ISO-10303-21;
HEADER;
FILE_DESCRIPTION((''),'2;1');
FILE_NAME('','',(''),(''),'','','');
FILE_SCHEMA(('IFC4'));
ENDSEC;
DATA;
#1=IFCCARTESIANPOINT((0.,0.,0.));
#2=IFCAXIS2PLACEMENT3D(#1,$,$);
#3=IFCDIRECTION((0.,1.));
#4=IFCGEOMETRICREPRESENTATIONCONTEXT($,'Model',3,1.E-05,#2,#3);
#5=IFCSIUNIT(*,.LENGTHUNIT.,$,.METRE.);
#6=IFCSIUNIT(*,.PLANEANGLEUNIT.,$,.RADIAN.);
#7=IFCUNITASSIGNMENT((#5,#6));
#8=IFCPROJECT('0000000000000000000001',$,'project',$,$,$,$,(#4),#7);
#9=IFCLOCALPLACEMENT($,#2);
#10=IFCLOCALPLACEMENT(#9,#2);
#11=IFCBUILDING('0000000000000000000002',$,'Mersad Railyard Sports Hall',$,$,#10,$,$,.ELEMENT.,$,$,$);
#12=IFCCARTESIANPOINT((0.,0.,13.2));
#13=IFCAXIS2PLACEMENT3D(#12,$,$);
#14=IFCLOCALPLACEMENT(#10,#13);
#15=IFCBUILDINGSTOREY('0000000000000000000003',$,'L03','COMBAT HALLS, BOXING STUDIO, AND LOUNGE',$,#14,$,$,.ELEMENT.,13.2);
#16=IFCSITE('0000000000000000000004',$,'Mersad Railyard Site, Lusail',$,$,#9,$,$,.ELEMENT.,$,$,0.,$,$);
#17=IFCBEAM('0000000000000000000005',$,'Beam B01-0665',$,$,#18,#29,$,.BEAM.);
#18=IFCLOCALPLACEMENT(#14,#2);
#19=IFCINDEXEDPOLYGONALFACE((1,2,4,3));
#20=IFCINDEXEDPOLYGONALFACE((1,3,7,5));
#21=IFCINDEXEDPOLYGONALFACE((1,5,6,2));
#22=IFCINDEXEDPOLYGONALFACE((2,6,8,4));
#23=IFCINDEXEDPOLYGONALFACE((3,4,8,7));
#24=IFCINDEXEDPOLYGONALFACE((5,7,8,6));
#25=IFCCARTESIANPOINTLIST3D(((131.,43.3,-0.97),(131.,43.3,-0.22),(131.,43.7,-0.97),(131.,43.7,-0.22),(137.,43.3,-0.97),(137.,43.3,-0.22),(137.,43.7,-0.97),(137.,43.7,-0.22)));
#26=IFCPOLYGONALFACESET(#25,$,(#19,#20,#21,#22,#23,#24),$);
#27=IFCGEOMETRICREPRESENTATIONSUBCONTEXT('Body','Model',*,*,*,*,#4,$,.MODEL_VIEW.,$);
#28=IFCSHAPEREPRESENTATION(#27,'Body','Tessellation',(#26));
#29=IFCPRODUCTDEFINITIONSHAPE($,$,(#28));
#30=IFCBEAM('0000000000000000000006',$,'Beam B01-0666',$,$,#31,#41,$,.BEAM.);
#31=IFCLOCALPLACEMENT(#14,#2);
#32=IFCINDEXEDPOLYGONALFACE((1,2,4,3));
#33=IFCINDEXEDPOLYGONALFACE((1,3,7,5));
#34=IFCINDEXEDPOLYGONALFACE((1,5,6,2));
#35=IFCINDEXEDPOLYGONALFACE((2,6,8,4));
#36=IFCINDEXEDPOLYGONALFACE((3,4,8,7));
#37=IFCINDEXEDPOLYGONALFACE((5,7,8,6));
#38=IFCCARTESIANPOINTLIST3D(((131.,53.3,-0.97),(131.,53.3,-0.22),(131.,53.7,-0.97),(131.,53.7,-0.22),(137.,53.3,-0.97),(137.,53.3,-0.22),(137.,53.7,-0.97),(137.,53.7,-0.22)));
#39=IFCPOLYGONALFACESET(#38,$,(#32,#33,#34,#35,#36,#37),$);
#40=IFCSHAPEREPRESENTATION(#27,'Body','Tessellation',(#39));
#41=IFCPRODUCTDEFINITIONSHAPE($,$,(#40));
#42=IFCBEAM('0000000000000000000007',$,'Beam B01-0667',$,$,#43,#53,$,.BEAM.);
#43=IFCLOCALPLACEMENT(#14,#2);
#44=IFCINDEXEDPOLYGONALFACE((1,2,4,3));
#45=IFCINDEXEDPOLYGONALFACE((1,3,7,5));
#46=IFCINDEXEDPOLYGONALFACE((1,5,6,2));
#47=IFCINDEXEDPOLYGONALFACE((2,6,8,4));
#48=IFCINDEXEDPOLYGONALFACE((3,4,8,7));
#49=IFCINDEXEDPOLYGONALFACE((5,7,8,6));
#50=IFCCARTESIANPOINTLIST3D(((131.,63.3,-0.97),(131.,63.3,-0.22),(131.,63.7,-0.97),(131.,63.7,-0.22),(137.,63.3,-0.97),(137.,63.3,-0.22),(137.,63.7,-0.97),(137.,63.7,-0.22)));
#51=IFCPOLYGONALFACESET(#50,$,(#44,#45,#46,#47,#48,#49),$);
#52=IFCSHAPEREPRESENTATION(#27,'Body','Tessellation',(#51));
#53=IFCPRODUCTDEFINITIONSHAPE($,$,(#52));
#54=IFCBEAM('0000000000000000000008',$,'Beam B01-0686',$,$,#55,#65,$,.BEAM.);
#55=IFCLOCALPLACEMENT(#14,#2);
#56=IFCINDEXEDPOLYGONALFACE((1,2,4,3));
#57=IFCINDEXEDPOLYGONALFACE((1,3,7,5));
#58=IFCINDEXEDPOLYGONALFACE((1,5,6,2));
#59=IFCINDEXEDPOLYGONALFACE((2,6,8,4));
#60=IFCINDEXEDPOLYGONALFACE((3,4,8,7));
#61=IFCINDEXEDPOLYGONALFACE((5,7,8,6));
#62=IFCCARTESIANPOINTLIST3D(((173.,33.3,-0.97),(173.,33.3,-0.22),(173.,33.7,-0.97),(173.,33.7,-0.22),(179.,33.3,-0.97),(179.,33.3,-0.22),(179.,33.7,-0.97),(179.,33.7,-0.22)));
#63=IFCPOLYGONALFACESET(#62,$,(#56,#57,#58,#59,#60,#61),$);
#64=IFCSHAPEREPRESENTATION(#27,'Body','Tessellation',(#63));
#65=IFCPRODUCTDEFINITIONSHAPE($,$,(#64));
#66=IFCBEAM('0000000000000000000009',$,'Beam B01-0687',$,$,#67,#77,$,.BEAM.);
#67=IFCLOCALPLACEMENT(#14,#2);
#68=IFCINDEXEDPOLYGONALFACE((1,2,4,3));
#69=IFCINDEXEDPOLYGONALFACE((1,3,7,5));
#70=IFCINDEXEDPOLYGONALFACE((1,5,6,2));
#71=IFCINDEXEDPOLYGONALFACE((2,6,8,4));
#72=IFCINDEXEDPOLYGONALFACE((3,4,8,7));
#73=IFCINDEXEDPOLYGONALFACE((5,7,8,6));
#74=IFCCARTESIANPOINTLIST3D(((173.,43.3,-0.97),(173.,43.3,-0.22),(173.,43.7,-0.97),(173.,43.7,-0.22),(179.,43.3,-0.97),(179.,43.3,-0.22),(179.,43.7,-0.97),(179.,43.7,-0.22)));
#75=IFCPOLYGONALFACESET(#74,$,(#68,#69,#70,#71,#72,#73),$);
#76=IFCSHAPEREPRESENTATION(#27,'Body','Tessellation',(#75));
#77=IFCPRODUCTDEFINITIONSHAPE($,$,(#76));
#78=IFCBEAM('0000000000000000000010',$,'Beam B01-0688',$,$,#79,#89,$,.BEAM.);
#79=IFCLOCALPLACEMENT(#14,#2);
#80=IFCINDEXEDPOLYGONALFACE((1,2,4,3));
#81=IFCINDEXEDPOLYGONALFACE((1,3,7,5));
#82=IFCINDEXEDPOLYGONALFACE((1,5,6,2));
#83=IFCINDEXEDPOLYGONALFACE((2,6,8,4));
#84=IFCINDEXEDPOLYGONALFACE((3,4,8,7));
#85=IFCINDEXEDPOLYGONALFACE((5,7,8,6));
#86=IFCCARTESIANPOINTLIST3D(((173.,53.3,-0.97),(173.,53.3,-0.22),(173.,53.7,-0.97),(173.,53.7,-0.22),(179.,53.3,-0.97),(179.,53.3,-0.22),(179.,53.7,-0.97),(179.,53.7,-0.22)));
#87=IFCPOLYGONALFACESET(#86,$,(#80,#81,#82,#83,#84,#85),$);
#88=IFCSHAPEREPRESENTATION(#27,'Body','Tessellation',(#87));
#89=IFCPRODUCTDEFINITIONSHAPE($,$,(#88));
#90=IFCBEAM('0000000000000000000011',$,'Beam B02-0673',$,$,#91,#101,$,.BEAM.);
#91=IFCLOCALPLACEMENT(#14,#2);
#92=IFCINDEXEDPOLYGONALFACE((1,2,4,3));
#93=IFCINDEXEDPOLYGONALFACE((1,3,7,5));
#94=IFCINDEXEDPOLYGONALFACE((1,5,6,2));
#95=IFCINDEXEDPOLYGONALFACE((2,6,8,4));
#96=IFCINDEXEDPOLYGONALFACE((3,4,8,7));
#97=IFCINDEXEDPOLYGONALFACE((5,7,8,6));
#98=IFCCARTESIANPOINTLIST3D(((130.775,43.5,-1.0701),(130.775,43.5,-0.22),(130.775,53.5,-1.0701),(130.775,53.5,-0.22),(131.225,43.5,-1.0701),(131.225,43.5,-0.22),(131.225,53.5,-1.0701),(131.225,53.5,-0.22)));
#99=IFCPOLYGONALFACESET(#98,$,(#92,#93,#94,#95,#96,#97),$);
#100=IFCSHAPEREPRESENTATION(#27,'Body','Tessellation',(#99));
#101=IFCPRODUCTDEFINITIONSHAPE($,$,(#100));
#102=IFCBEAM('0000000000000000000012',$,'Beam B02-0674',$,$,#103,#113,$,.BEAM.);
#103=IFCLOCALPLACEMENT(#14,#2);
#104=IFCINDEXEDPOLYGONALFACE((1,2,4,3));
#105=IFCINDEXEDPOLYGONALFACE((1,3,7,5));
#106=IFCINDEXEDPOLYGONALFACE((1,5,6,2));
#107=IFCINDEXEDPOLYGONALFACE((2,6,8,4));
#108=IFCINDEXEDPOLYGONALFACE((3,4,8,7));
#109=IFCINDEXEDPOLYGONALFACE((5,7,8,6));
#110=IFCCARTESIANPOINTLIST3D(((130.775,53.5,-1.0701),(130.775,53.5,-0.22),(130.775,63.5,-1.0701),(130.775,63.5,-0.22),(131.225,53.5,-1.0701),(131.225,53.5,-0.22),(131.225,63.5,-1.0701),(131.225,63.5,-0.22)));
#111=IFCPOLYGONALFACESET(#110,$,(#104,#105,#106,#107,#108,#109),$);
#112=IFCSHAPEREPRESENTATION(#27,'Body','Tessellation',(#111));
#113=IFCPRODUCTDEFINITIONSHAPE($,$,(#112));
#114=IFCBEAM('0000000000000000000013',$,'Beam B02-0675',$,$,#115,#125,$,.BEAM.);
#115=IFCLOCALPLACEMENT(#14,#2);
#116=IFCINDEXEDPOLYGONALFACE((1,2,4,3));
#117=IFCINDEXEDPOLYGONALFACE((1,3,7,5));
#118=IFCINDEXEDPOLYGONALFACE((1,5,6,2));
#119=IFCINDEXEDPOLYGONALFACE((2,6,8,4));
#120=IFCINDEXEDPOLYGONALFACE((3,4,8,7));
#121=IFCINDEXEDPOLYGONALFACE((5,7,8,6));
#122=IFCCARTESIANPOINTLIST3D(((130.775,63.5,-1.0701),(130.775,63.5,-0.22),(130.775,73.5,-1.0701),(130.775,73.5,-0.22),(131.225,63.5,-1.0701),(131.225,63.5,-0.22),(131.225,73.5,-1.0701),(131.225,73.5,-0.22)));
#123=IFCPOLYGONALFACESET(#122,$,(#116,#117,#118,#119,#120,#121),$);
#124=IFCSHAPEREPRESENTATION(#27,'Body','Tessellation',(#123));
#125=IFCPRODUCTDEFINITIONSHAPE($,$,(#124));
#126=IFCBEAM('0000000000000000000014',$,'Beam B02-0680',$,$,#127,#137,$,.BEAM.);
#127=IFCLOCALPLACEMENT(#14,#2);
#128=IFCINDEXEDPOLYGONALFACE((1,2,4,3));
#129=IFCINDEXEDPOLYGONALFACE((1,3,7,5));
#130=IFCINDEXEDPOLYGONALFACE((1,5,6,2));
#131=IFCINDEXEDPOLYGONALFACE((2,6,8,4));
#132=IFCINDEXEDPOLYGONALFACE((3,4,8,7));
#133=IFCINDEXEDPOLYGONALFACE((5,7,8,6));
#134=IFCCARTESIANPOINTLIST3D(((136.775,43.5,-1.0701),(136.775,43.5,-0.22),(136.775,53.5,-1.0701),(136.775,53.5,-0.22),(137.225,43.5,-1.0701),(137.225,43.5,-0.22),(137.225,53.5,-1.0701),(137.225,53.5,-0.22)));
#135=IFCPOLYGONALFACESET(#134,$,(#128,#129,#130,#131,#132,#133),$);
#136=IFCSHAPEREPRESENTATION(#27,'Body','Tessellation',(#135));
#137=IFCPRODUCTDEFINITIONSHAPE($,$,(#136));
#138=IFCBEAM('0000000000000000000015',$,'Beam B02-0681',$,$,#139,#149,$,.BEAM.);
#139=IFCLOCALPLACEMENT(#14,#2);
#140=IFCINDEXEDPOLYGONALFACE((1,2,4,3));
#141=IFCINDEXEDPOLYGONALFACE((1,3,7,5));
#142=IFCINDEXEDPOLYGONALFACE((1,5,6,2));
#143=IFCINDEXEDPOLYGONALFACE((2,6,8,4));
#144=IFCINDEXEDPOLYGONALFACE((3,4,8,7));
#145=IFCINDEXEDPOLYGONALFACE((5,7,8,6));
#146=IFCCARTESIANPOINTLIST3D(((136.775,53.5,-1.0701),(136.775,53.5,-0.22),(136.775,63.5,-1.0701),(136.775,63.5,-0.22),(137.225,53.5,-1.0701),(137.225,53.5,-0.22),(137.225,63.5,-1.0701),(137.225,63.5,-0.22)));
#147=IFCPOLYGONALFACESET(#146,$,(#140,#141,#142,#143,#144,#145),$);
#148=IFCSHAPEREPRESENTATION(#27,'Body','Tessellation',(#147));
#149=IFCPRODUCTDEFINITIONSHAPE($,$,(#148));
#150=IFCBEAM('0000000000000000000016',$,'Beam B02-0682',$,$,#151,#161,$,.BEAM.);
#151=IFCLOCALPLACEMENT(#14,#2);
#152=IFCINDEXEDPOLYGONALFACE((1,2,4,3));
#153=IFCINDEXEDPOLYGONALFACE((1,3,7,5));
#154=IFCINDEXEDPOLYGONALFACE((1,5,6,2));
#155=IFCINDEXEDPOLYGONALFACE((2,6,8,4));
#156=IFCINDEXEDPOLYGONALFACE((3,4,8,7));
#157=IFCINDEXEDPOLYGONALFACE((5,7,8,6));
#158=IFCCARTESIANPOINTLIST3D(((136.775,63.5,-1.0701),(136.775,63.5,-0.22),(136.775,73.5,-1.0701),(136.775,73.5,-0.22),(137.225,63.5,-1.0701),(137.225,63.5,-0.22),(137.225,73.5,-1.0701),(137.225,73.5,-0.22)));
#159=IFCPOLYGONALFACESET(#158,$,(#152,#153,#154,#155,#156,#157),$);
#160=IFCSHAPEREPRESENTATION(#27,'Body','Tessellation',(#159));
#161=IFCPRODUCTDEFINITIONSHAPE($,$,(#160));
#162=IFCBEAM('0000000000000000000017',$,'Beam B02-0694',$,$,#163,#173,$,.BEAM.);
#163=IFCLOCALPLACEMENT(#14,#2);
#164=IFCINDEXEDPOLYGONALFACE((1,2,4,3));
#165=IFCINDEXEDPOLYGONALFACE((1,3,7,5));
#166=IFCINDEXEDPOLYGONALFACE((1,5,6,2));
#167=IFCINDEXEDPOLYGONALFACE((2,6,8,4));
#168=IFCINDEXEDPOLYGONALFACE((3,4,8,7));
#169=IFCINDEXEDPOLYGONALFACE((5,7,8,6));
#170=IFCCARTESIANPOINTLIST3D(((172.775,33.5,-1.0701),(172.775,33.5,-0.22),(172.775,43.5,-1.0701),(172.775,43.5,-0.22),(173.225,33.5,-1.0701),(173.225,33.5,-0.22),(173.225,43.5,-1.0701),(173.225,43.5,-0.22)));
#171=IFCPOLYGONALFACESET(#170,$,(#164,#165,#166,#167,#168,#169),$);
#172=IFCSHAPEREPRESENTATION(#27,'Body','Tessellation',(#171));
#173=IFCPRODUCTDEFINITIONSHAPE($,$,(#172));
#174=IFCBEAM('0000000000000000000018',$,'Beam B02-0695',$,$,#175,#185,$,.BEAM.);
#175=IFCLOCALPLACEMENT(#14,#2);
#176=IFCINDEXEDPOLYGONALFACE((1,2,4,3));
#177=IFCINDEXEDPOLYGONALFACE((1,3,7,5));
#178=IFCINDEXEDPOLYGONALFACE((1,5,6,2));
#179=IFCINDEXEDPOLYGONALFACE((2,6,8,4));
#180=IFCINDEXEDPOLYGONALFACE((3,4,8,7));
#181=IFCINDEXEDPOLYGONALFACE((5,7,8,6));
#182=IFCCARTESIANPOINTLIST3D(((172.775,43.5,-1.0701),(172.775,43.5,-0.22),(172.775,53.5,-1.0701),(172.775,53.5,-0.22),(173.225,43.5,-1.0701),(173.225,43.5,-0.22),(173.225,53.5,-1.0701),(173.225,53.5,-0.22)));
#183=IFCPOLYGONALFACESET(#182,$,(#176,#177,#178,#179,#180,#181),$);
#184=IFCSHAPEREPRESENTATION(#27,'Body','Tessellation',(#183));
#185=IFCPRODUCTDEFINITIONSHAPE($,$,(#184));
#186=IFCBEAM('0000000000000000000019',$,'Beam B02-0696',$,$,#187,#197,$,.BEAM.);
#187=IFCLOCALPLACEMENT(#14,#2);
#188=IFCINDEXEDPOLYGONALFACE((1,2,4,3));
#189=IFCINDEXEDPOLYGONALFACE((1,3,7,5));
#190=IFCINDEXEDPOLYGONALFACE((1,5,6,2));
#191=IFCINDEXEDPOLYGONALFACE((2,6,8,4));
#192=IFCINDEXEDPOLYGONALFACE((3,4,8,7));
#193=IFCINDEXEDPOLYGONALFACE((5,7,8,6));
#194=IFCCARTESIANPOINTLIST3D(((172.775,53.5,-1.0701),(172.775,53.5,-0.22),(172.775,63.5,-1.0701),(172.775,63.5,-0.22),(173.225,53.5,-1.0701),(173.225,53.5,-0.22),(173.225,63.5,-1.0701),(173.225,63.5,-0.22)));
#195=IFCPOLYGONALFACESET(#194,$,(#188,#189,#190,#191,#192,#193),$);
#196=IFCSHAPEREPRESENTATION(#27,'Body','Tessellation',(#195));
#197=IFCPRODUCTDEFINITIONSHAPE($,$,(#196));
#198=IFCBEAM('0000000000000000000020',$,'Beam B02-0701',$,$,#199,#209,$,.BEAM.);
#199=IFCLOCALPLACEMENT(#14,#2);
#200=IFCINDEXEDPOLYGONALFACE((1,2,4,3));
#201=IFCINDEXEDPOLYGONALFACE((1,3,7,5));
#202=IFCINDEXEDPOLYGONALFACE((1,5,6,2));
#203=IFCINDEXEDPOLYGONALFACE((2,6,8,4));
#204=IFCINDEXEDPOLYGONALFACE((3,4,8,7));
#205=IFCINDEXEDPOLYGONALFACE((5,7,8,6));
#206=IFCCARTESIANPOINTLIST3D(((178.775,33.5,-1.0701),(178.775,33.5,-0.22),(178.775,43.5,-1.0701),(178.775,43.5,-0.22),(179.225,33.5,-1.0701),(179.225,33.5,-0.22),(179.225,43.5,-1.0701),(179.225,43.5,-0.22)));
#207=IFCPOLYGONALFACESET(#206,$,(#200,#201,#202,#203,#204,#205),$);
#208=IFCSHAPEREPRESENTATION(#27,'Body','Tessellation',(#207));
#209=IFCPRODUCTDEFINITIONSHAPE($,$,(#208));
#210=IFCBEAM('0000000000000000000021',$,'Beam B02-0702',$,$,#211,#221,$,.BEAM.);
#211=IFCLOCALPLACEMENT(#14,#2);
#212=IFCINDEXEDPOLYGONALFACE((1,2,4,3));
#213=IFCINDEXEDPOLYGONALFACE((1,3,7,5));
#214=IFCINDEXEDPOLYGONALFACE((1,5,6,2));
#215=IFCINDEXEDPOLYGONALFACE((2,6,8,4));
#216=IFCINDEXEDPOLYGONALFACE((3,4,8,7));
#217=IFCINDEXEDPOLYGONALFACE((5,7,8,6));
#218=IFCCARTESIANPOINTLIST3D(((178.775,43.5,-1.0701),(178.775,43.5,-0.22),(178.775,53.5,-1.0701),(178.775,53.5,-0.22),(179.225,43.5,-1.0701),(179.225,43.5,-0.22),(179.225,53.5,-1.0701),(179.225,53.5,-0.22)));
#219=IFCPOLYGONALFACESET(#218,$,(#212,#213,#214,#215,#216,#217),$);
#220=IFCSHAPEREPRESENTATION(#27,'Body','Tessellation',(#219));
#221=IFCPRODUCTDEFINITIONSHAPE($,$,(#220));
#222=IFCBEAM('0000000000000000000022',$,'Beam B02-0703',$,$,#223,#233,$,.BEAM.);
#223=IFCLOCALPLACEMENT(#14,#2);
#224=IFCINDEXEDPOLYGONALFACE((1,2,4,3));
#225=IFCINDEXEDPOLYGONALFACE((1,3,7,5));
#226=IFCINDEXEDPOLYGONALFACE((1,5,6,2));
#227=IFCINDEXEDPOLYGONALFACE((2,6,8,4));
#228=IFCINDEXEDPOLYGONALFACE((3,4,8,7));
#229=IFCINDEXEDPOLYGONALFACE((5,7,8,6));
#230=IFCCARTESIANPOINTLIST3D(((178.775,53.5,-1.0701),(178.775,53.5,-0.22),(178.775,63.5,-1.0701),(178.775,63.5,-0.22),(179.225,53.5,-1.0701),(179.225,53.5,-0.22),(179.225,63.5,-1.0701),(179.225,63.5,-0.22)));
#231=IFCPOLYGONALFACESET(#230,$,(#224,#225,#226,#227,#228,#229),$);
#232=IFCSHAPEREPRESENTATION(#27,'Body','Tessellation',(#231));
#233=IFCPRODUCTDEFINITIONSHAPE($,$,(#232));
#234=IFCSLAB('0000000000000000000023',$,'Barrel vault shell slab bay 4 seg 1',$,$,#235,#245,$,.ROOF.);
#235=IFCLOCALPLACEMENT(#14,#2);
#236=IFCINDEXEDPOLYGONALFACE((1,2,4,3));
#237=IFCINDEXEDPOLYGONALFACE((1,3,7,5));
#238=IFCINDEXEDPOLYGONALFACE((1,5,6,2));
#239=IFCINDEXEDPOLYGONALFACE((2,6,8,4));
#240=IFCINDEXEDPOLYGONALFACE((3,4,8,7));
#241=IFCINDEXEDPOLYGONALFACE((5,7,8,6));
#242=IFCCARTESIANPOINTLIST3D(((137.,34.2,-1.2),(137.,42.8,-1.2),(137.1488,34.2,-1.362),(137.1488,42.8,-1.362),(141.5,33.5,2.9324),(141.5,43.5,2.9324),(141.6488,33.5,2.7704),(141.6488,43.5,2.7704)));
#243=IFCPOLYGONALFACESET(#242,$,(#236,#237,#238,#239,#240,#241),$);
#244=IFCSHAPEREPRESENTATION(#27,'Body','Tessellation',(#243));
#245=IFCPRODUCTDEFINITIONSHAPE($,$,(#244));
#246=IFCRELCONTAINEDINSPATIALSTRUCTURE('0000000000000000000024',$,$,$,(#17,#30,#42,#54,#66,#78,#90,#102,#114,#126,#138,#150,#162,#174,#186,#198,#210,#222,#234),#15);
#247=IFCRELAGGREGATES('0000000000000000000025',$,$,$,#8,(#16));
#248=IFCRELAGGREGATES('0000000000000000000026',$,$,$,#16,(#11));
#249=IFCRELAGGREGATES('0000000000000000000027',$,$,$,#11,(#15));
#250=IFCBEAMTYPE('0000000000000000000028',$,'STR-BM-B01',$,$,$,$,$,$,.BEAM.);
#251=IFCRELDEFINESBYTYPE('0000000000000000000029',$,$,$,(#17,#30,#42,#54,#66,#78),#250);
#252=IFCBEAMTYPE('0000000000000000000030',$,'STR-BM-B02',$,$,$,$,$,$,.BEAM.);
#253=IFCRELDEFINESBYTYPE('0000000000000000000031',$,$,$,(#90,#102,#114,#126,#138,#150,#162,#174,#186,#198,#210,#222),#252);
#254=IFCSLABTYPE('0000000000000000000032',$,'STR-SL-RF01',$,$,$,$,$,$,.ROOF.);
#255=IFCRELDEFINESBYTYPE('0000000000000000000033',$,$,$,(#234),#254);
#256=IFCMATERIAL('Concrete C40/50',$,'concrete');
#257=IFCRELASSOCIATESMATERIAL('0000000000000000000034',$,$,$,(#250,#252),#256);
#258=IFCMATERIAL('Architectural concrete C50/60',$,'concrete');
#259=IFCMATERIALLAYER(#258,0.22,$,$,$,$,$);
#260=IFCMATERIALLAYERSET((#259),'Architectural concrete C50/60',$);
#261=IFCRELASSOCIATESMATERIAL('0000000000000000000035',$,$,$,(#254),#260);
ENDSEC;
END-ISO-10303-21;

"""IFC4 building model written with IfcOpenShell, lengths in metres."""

from ifc_helpers import new_model, si_unit, direction, frame, origin, origin_2d, place, context, subcontext, project, spatial, polyline, rectangle, outline, extrude, material, layer, layer_set, material_profile, profile_set, type_object, element, save


model = new_model("IFC4")

# Units and contexts
model_context = context("Model", 3, precision=1e-05, world=origin(), true_north=direction((0.0, 1.0)))
body_context = subcontext(model_context, "Body", "Model", "MODEL_VIEW")
ifc_project = project(units=[si_unit("LENGTHUNIT", "METRE"), si_unit("PLANEANGLEUNIT", "RADIAN")], contexts=[model_context])

# Site, building, storey
site_placement = place(None, origin())
site = spatial("IfcSite", under=ifc_project, at=site_placement, Name="Mersad Railyard Site, Lusail", CompositionType="ELEMENT", RefElevation=0.0)
building_placement = place(site_placement, origin())
building = spatial("IfcBuilding", under=site, at=building_placement, Name="Mersad Railyard Sports Hall", CompositionType="ELEMENT")
storey_placement = place(building_placement, frame((0.0, 0.0, 13.2)))
storey = spatial("IfcBuildingStorey", under=building, at=storey_placement, Name="L03", Description="COMBAT HALLS, BOXING STUDIO, AND LOUNGE", CompositionType="ELEMENT", Elevation=13.2)

# Beams
ifc_material_1 = material(Name="Concrete C40/50", Category="concrete")
ifc_material_profile_1 = material_profile(ifc_material_1, rectangle(XDim=0.3999, YDim=0.75, at=origin_2d()), Name="RC 400x750")
ifc_profile_set_1 = profile_set([ifc_material_profile_1], Name="Concrete C40/50")
beam_type_1 = type_object("IfcBeamType", Name="STR-BM-B01", PredefinedType="BEAM", material=ifc_profile_set_1)
for number, where, z_axis, x_axis, name in (
    (1, (131.0, 43.5, -0.595), (1.0, 0.0, 0.0), (0.0, 1.0, 0.0), "Beam B01-0665"),
    (2, (131.0, 53.5, -0.595), (1.0, 0.0, 0.0), (0.0, 1.0, 0.0), "Beam B01-0666"),
    (3, (131.0, 63.5, -0.595), (1.0, 0.0, 0.0), (0.0, 1.0, 0.0), "Beam B01-0667"),
    (4, (173.0, 33.5, -0.595), (1.0, 0.0, 0.0), (0.0, 1.0, 0.0), "Beam B01-0686"),
    (5, (173.0, 43.5, -0.595), (1.0, 0.0, 0.0), (0.0, 1.0, 0.0), "Beam B01-0687"),
    (6, (173.0, 53.5, -0.595), (1.0, 0.0, 0.0), (0.0, 1.0, 0.0), "Beam B01-0688"),
):
    element("IfcBeam", number, at=place(storey_placement, frame(where, z_axis=z_axis, x_axis=x_axis)), inside=storey, type_object=beam_type_1, Name=name, PredefinedType="BEAM", context=body_context, shape_type="SweptSolid", body=[
        extrude(rectangle(XDim=0.3999, YDim=0.75, at=origin_2d()), origin(), (0.0, 0.0, 1.0), 6.0),
    ])
ifc_material_profile_2 = material_profile(ifc_material_1, rectangle(XDim=0.45, YDim=0.8501, at=origin_2d()), Name="RC 450x850")
ifc_profile_set_2 = profile_set([ifc_material_profile_2], Name="Concrete C40/50")
beam_type_2 = type_object("IfcBeamType", Name="STR-BM-B02", PredefinedType="BEAM", material=ifc_profile_set_2)
for number, where, z_axis, x_axis, name in (
    (7, (131.0, 43.5, -0.645), (0.0, 1.0, 0.0), (-1.0, 0.0, 0.0), "Beam B02-0673"),
    (8, (131.0, 53.5, -0.645), (0.0, 1.0, 0.0), (-1.0, 0.0, 0.0), "Beam B02-0674"),
    (9, (131.0, 63.5, -0.645), (0.0, 1.0, 0.0), (-1.0, 0.0, 0.0), "Beam B02-0675"),
    (10, (137.0, 43.5, -0.645), (0.0, 1.0, 0.0), (-1.0, 0.0, 0.0), "Beam B02-0680"),
    (11, (137.0, 53.5, -0.645), (0.0, 1.0, 0.0), (-1.0, 0.0, 0.0), "Beam B02-0681"),
    (12, (137.0, 63.5, -0.645), (0.0, 1.0, 0.0), (-1.0, 0.0, 0.0), "Beam B02-0682"),
    (13, (173.0, 33.5, -0.645), (0.0, 1.0, 0.0), (-1.0, 0.0, 0.0), "Beam B02-0694"),
    (14, (173.0, 43.5, -0.645), (0.0, 1.0, 0.0), (-1.0, 0.0, 0.0), "Beam B02-0695"),
    (15, (173.0, 53.5, -0.645), (0.0, 1.0, 0.0), (-1.0, 0.0, 0.0), "Beam B02-0696"),
    (16, (179.0, 33.5, -0.645), (0.0, 1.0, 0.0), (-1.0, 0.0, 0.0), "Beam B02-0701"),
    (17, (179.0, 43.5, -0.645), (0.0, 1.0, 0.0), (-1.0, 0.0, 0.0), "Beam B02-0702"),
    (18, (179.0, 53.5, -0.645), (0.0, 1.0, 0.0), (-1.0, 0.0, 0.0), "Beam B02-0703"),
):
    element("IfcBeam", number, at=place(storey_placement, frame(where, z_axis=z_axis, x_axis=x_axis)), inside=storey, type_object=beam_type_2, Name=name, PredefinedType="BEAM", context=body_context, shape_type="SweptSolid", body=[
        extrude(rectangle(XDim=0.45, YDim=0.8501, at=origin_2d()), origin(), (0.0, 0.0, 1.0), 10.0),
    ])

# Slab
ifc_material_2 = material(Name="Architectural concrete C50/60", Category="concrete")
ifc_layer = layer(ifc_material_2, 0.22)
ifc_layer_set = layer_set([ifc_layer], Name="Architectural concrete C50/60")
slab_type = type_object("IfcSlabType", Name="STR-SL-RF01", PredefinedType="ROOF", material=ifc_layer_set)
slab_1_placement = place(storey_placement, frame((137.0, 34.2, -1.2), z_axis=(-0.676376, 0.0, 0.736557), x_axis=(0.73177, -0.113823, 0.67198)))
element("IfcSlab", 19, at=slab_1_placement, inside=storey, type_object=slab_type, Name="Barrel vault shell slab bay 4 seg 1", PredefinedType="ROOF", context=body_context, shape_type="SweptSolid", body=[
    extrude(outline(polyline([(0.0, 0.0), (6.1495, 0.0), (5.0112, 9.935), (-0.9789, 8.5442), (0.0, 0.0)])), origin(), (0.0, 0.0, -1.0), 0.22),
])

save(model, "model.ifc")
